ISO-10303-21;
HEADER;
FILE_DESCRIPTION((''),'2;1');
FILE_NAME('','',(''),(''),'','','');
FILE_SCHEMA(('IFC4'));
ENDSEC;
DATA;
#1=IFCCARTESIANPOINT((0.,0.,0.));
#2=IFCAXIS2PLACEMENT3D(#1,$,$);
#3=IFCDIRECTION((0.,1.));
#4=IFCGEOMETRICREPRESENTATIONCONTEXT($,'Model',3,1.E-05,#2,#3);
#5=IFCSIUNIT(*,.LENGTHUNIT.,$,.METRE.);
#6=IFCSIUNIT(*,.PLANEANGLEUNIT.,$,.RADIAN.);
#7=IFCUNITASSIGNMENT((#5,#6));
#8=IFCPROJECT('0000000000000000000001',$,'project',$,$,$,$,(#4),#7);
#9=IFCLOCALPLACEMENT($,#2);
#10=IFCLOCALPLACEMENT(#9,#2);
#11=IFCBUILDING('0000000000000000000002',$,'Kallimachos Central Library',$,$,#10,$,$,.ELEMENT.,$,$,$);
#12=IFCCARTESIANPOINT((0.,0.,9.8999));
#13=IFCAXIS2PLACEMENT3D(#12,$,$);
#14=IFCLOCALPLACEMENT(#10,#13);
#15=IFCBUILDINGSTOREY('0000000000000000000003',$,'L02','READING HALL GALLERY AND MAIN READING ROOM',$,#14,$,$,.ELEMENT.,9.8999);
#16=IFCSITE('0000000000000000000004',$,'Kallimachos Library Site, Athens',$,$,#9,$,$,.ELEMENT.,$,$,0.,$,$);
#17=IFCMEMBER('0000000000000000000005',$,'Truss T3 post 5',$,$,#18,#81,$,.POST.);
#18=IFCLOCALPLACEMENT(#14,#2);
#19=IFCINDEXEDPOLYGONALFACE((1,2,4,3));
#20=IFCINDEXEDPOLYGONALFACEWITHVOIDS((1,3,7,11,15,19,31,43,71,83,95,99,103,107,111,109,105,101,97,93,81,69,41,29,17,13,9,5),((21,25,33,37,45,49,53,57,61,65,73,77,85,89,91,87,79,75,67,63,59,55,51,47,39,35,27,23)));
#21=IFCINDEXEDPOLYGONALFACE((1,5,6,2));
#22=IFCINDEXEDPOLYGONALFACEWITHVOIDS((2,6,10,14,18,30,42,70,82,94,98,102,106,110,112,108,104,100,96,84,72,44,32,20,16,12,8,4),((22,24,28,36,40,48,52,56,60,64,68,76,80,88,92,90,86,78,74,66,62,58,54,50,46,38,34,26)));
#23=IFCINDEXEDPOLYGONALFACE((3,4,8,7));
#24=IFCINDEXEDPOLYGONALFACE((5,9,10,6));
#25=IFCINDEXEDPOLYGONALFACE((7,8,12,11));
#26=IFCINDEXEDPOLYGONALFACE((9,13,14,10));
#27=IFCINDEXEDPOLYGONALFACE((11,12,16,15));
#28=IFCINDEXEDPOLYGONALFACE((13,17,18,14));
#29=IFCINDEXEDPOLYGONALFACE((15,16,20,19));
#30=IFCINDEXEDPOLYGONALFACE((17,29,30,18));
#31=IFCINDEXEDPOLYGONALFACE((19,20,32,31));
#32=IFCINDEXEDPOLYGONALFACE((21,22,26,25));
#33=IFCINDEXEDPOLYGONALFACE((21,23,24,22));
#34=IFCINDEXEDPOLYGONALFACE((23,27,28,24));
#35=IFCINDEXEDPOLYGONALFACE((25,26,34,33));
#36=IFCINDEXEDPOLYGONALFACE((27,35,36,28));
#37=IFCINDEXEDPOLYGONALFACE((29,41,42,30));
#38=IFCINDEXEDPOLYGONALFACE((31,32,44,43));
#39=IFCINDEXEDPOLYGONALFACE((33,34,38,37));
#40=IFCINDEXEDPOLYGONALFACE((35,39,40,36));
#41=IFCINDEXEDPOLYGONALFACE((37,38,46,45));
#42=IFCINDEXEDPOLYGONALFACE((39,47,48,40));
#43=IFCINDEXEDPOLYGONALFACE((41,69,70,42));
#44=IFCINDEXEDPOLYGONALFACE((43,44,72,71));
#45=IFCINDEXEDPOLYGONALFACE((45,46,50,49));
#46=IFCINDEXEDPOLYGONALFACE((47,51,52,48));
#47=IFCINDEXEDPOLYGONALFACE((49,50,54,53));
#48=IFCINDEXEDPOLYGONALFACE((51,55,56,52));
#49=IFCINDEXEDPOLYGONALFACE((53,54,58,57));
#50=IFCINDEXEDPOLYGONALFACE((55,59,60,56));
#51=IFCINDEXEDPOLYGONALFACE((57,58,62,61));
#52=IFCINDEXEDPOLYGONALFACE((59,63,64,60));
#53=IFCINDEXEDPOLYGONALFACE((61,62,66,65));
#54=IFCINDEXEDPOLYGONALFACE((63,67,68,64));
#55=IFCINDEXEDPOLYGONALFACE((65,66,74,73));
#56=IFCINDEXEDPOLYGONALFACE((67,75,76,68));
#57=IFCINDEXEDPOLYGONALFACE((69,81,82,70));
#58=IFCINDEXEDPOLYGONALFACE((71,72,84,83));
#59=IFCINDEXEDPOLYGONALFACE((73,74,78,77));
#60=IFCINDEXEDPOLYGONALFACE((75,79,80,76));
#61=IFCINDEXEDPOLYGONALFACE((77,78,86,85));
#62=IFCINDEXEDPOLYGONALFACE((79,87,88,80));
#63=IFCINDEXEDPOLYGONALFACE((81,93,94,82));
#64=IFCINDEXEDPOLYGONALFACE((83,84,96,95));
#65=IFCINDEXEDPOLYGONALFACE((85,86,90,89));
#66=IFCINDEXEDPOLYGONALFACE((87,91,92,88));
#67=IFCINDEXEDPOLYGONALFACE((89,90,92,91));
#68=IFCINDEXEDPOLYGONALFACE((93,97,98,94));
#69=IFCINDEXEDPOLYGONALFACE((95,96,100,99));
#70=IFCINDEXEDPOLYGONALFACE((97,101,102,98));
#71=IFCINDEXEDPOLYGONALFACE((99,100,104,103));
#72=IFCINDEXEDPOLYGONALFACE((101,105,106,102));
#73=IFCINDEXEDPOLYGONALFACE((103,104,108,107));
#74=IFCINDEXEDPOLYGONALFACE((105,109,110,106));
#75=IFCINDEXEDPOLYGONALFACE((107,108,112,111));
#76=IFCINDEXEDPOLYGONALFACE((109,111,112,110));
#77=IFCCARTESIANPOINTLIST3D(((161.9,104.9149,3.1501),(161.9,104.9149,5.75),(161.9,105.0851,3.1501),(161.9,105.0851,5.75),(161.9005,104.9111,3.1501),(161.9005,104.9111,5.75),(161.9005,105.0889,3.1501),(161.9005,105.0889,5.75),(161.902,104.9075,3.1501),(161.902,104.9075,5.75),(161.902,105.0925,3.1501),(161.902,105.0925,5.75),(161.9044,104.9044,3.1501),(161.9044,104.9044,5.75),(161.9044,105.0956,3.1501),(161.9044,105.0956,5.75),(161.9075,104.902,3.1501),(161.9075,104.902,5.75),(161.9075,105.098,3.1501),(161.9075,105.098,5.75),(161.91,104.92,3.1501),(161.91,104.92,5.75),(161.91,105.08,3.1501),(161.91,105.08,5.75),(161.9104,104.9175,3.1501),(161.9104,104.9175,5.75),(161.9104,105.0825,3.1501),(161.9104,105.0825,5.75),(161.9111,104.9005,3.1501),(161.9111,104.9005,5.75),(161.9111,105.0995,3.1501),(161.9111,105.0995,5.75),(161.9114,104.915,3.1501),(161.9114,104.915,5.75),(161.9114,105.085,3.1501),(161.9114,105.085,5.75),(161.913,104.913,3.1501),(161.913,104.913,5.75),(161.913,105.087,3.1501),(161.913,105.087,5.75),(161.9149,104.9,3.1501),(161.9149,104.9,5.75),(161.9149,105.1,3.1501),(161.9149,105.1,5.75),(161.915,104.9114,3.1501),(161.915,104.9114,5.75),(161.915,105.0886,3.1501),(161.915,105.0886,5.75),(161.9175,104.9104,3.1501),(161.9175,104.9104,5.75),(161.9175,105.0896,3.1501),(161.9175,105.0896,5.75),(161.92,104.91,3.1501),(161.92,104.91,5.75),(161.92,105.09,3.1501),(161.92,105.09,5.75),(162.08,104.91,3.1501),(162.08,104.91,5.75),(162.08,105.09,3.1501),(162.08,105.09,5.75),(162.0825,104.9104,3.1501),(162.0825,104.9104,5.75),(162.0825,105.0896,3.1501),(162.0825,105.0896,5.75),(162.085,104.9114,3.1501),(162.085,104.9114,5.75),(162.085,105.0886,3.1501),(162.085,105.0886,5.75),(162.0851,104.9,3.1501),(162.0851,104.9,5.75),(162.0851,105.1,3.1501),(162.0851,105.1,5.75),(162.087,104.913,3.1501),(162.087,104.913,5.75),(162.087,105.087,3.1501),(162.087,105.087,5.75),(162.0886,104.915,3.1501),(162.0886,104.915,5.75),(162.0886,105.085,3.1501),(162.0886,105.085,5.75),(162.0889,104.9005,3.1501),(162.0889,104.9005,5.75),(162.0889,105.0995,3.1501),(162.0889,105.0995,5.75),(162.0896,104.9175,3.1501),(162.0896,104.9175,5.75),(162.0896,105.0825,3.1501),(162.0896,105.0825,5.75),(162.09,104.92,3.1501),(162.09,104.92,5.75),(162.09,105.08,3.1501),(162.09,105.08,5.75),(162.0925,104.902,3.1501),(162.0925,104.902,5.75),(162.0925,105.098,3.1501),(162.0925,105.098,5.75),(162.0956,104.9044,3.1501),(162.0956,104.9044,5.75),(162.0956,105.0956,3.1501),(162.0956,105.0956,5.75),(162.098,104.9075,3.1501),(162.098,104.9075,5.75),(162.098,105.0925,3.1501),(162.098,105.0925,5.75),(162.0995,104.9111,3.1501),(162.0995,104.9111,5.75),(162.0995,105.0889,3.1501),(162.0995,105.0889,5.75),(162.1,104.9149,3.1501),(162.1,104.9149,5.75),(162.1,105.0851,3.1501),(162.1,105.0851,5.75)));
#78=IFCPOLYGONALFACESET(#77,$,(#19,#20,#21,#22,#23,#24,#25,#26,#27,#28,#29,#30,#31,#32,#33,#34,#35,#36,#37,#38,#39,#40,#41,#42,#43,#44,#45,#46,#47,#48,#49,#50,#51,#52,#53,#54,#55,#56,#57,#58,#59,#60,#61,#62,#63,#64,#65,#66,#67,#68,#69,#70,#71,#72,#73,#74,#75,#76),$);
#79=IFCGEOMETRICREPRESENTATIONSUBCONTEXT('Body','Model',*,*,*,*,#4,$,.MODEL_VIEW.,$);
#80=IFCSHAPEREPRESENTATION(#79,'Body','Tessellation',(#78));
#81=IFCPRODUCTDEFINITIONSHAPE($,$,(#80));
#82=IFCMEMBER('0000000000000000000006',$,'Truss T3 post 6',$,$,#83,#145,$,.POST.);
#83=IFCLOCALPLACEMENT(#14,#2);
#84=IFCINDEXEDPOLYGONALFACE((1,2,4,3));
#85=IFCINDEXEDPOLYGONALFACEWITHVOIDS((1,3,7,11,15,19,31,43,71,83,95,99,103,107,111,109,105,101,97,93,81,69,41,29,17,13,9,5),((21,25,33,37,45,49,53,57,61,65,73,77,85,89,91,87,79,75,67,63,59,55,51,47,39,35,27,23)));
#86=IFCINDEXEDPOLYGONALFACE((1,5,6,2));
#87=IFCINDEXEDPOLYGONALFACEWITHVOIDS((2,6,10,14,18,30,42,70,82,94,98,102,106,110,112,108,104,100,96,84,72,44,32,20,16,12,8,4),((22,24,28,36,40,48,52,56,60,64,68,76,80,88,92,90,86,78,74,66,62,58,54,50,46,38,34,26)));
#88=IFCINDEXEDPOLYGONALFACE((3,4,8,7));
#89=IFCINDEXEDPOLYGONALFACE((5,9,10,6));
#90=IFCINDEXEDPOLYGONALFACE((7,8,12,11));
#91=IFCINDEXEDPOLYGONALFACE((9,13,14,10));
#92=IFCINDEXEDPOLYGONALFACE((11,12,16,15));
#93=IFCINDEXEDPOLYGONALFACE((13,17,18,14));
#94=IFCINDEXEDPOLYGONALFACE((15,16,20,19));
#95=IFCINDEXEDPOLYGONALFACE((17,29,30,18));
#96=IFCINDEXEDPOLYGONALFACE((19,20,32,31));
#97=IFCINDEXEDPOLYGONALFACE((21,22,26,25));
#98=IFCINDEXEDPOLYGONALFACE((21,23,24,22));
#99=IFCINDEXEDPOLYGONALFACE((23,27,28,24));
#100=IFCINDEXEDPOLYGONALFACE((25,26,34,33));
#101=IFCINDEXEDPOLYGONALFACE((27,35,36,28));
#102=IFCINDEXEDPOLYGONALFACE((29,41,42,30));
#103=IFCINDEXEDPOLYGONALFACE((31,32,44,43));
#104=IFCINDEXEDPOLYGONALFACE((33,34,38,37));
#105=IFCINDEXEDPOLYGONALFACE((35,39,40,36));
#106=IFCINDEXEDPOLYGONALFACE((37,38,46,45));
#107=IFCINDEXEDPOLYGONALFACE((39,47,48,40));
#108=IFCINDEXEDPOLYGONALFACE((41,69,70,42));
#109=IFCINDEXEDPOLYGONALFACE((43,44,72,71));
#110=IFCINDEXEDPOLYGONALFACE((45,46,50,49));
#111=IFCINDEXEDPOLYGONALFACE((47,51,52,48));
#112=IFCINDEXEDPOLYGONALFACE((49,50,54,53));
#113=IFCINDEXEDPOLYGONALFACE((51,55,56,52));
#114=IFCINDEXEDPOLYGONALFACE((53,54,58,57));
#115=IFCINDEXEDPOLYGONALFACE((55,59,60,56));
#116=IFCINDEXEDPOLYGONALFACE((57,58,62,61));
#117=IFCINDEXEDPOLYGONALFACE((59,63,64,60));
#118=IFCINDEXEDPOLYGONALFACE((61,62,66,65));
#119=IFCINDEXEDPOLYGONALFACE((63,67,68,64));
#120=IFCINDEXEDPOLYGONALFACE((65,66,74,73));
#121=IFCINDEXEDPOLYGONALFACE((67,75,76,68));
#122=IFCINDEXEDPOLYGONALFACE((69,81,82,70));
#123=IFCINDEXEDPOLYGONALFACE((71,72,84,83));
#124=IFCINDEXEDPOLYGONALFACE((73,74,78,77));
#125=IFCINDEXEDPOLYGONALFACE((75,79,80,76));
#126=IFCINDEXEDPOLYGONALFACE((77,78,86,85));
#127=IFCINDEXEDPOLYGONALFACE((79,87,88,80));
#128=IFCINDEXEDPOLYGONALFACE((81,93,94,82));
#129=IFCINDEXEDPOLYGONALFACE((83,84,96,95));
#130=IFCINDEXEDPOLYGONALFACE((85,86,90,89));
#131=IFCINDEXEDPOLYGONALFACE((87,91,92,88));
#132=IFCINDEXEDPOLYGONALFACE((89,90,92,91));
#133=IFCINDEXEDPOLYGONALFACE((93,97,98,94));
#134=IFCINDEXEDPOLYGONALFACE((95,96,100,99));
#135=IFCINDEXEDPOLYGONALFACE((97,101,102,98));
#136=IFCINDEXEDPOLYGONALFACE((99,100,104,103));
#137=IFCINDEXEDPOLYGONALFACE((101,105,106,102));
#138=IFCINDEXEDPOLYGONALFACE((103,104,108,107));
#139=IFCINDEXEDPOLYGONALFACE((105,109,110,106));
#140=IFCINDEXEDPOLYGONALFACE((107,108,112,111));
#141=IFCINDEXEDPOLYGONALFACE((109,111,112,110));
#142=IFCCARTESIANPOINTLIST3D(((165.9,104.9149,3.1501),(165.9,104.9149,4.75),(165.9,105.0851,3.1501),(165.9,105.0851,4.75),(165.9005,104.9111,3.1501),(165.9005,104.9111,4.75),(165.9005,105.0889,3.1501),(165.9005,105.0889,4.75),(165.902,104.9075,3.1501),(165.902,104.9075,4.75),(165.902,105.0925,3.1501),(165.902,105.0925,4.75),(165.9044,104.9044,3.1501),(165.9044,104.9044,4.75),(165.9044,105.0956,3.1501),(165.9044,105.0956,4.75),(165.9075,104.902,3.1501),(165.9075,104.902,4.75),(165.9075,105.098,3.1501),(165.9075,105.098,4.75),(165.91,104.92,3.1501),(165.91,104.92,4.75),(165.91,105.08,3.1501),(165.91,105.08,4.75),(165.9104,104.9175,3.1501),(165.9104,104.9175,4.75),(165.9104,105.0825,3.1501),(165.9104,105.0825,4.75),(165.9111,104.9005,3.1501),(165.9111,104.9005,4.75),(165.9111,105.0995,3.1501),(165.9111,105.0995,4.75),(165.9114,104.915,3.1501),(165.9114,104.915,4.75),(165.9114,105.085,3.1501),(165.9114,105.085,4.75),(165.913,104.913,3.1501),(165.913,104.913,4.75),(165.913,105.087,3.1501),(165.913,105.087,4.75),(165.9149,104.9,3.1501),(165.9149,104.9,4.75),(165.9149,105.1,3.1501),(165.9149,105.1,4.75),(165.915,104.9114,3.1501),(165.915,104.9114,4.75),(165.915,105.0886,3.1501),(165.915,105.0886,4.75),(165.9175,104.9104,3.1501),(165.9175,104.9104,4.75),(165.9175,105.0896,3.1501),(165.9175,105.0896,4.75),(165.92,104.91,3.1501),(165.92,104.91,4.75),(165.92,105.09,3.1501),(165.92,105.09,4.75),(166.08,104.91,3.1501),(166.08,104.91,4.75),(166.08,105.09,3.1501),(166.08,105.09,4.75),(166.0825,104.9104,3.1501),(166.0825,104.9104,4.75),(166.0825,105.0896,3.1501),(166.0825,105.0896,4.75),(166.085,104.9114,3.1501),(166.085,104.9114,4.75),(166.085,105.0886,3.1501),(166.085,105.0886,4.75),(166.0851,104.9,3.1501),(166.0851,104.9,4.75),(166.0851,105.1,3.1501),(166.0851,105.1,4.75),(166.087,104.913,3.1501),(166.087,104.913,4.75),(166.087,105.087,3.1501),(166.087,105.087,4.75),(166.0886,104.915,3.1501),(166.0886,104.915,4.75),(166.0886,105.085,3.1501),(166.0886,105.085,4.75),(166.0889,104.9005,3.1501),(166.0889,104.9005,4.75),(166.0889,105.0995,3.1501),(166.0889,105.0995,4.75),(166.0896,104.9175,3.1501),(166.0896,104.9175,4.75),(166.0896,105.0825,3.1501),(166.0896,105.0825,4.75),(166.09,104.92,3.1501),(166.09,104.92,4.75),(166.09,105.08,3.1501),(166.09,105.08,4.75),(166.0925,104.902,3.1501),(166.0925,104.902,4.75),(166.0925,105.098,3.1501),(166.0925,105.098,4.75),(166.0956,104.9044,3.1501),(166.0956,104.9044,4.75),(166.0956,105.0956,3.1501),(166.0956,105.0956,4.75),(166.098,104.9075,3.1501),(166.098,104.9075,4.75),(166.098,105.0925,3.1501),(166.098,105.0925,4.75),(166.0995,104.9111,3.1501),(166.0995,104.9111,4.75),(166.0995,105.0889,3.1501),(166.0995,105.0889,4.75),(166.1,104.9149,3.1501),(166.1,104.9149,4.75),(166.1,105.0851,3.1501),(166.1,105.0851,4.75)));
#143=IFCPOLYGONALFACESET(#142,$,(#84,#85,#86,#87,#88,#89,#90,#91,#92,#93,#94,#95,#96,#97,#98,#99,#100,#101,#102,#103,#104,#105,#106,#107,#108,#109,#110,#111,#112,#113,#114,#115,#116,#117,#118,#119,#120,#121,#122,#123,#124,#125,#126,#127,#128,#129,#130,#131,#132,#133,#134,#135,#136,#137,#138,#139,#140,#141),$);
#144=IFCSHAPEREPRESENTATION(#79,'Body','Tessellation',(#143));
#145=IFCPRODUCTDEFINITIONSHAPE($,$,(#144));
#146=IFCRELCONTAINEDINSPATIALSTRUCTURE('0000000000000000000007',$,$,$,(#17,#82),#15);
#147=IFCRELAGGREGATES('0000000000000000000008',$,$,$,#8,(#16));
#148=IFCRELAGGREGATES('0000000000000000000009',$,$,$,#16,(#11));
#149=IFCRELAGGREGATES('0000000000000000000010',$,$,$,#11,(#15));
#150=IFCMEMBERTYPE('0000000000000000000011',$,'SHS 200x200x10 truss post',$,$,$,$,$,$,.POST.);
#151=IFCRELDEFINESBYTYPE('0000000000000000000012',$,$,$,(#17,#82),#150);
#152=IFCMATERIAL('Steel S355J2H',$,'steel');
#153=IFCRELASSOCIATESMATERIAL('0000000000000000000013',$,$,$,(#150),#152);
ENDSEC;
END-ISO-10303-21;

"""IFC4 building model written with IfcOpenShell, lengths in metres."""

from ifc_helpers import new_model, si_unit, direction, frame, origin, origin_2d, place, context, subcontext, project, spatial, hollow_rectangle, extrude, material, material_profile, profile_set, type_object, element, save


model = new_model("IFC4")

# Units and contexts
model_context = context("Model", 3, precision=1e-05, world=origin(), true_north=direction((0.0, 1.0)))
body_context = subcontext(model_context, "Body", "Model", "MODEL_VIEW")
ifc_project = project(units=[si_unit("LENGTHUNIT", "METRE"), si_unit("PLANEANGLEUNIT", "RADIAN")], contexts=[model_context])

# Site, building, storey
site_placement = place(None, origin())
site = spatial("IfcSite", under=ifc_project, at=site_placement, Name="Kallimachos Library Site, Athens", CompositionType="ELEMENT", RefElevation=0.0)
building_placement = place(site_placement, origin())
building = spatial("IfcBuilding", under=site, at=building_placement, Name="Kallimachos Central Library", CompositionType="ELEMENT")
storey_placement = place(building_placement, frame((0.0, 0.0, 9.8999)))
storey = spatial("IfcBuildingStorey", under=building, at=storey_placement, Name="L02", Description="READING HALL GALLERY AND MAIN READING ROOM", CompositionType="ELEMENT", Elevation=9.8999)

# Members
ifc_material_1 = material(Name="Steel S355J2H", Category="steel")
ifc_material_profile_1 = material_profile(ifc_material_1, hollow_rectangle(XDim=0.2, YDim=0.2, WallThickness=0.01, InnerFilletRadius=0.01, OuterFilletRadius=0.0149, at=origin_2d()), Name="SHS 200x200x10")
ifc_profile_set_1 = profile_set([ifc_material_profile_1], Name="Steel S355J2H")
member_type_1 = type_object("IfcMemberType", Name="SHS 200x200x10 truss post", PredefinedType="POST", material=ifc_profile_set_1)
member_1_placement = place(storey_placement, frame((162.0, 105.0, 3.1501), z_axis=(0.0, 0.0, 1.0), x_axis=(1.0, 0.0, 0.0)))
element("IfcMember", 1, at=member_1_placement, inside=storey, type_object=member_type_1, Name="Truss T3 post 5", PredefinedType="POST", context=body_context, shape_type="SweptSolid", body=[
    extrude(hollow_rectangle(XDim=0.2, YDim=0.2, WallThickness=0.01, InnerFilletRadius=0.01, OuterFilletRadius=0.0149, at=origin_2d()), origin(), (0.0, 0.0, 1.0), 2.5999),
])
member_2_placement = place(storey_placement, frame((166.0, 105.0, 3.1501), z_axis=(0.0, 0.0, 1.0), x_axis=(1.0, 0.0, 0.0)))
element("IfcMember", 2, at=member_2_placement, inside=storey, type_object=member_type_1, Name="Truss T3 post 6", PredefinedType="POST", context=body_context, shape_type="SweptSolid", body=[
    extrude(hollow_rectangle(XDim=0.2, YDim=0.2, WallThickness=0.01, InnerFilletRadius=0.01, OuterFilletRadius=0.0149, at=origin_2d()), origin(), (0.0, 0.0, 1.0), 1.5999),
])

save(model, "model.ifc")
